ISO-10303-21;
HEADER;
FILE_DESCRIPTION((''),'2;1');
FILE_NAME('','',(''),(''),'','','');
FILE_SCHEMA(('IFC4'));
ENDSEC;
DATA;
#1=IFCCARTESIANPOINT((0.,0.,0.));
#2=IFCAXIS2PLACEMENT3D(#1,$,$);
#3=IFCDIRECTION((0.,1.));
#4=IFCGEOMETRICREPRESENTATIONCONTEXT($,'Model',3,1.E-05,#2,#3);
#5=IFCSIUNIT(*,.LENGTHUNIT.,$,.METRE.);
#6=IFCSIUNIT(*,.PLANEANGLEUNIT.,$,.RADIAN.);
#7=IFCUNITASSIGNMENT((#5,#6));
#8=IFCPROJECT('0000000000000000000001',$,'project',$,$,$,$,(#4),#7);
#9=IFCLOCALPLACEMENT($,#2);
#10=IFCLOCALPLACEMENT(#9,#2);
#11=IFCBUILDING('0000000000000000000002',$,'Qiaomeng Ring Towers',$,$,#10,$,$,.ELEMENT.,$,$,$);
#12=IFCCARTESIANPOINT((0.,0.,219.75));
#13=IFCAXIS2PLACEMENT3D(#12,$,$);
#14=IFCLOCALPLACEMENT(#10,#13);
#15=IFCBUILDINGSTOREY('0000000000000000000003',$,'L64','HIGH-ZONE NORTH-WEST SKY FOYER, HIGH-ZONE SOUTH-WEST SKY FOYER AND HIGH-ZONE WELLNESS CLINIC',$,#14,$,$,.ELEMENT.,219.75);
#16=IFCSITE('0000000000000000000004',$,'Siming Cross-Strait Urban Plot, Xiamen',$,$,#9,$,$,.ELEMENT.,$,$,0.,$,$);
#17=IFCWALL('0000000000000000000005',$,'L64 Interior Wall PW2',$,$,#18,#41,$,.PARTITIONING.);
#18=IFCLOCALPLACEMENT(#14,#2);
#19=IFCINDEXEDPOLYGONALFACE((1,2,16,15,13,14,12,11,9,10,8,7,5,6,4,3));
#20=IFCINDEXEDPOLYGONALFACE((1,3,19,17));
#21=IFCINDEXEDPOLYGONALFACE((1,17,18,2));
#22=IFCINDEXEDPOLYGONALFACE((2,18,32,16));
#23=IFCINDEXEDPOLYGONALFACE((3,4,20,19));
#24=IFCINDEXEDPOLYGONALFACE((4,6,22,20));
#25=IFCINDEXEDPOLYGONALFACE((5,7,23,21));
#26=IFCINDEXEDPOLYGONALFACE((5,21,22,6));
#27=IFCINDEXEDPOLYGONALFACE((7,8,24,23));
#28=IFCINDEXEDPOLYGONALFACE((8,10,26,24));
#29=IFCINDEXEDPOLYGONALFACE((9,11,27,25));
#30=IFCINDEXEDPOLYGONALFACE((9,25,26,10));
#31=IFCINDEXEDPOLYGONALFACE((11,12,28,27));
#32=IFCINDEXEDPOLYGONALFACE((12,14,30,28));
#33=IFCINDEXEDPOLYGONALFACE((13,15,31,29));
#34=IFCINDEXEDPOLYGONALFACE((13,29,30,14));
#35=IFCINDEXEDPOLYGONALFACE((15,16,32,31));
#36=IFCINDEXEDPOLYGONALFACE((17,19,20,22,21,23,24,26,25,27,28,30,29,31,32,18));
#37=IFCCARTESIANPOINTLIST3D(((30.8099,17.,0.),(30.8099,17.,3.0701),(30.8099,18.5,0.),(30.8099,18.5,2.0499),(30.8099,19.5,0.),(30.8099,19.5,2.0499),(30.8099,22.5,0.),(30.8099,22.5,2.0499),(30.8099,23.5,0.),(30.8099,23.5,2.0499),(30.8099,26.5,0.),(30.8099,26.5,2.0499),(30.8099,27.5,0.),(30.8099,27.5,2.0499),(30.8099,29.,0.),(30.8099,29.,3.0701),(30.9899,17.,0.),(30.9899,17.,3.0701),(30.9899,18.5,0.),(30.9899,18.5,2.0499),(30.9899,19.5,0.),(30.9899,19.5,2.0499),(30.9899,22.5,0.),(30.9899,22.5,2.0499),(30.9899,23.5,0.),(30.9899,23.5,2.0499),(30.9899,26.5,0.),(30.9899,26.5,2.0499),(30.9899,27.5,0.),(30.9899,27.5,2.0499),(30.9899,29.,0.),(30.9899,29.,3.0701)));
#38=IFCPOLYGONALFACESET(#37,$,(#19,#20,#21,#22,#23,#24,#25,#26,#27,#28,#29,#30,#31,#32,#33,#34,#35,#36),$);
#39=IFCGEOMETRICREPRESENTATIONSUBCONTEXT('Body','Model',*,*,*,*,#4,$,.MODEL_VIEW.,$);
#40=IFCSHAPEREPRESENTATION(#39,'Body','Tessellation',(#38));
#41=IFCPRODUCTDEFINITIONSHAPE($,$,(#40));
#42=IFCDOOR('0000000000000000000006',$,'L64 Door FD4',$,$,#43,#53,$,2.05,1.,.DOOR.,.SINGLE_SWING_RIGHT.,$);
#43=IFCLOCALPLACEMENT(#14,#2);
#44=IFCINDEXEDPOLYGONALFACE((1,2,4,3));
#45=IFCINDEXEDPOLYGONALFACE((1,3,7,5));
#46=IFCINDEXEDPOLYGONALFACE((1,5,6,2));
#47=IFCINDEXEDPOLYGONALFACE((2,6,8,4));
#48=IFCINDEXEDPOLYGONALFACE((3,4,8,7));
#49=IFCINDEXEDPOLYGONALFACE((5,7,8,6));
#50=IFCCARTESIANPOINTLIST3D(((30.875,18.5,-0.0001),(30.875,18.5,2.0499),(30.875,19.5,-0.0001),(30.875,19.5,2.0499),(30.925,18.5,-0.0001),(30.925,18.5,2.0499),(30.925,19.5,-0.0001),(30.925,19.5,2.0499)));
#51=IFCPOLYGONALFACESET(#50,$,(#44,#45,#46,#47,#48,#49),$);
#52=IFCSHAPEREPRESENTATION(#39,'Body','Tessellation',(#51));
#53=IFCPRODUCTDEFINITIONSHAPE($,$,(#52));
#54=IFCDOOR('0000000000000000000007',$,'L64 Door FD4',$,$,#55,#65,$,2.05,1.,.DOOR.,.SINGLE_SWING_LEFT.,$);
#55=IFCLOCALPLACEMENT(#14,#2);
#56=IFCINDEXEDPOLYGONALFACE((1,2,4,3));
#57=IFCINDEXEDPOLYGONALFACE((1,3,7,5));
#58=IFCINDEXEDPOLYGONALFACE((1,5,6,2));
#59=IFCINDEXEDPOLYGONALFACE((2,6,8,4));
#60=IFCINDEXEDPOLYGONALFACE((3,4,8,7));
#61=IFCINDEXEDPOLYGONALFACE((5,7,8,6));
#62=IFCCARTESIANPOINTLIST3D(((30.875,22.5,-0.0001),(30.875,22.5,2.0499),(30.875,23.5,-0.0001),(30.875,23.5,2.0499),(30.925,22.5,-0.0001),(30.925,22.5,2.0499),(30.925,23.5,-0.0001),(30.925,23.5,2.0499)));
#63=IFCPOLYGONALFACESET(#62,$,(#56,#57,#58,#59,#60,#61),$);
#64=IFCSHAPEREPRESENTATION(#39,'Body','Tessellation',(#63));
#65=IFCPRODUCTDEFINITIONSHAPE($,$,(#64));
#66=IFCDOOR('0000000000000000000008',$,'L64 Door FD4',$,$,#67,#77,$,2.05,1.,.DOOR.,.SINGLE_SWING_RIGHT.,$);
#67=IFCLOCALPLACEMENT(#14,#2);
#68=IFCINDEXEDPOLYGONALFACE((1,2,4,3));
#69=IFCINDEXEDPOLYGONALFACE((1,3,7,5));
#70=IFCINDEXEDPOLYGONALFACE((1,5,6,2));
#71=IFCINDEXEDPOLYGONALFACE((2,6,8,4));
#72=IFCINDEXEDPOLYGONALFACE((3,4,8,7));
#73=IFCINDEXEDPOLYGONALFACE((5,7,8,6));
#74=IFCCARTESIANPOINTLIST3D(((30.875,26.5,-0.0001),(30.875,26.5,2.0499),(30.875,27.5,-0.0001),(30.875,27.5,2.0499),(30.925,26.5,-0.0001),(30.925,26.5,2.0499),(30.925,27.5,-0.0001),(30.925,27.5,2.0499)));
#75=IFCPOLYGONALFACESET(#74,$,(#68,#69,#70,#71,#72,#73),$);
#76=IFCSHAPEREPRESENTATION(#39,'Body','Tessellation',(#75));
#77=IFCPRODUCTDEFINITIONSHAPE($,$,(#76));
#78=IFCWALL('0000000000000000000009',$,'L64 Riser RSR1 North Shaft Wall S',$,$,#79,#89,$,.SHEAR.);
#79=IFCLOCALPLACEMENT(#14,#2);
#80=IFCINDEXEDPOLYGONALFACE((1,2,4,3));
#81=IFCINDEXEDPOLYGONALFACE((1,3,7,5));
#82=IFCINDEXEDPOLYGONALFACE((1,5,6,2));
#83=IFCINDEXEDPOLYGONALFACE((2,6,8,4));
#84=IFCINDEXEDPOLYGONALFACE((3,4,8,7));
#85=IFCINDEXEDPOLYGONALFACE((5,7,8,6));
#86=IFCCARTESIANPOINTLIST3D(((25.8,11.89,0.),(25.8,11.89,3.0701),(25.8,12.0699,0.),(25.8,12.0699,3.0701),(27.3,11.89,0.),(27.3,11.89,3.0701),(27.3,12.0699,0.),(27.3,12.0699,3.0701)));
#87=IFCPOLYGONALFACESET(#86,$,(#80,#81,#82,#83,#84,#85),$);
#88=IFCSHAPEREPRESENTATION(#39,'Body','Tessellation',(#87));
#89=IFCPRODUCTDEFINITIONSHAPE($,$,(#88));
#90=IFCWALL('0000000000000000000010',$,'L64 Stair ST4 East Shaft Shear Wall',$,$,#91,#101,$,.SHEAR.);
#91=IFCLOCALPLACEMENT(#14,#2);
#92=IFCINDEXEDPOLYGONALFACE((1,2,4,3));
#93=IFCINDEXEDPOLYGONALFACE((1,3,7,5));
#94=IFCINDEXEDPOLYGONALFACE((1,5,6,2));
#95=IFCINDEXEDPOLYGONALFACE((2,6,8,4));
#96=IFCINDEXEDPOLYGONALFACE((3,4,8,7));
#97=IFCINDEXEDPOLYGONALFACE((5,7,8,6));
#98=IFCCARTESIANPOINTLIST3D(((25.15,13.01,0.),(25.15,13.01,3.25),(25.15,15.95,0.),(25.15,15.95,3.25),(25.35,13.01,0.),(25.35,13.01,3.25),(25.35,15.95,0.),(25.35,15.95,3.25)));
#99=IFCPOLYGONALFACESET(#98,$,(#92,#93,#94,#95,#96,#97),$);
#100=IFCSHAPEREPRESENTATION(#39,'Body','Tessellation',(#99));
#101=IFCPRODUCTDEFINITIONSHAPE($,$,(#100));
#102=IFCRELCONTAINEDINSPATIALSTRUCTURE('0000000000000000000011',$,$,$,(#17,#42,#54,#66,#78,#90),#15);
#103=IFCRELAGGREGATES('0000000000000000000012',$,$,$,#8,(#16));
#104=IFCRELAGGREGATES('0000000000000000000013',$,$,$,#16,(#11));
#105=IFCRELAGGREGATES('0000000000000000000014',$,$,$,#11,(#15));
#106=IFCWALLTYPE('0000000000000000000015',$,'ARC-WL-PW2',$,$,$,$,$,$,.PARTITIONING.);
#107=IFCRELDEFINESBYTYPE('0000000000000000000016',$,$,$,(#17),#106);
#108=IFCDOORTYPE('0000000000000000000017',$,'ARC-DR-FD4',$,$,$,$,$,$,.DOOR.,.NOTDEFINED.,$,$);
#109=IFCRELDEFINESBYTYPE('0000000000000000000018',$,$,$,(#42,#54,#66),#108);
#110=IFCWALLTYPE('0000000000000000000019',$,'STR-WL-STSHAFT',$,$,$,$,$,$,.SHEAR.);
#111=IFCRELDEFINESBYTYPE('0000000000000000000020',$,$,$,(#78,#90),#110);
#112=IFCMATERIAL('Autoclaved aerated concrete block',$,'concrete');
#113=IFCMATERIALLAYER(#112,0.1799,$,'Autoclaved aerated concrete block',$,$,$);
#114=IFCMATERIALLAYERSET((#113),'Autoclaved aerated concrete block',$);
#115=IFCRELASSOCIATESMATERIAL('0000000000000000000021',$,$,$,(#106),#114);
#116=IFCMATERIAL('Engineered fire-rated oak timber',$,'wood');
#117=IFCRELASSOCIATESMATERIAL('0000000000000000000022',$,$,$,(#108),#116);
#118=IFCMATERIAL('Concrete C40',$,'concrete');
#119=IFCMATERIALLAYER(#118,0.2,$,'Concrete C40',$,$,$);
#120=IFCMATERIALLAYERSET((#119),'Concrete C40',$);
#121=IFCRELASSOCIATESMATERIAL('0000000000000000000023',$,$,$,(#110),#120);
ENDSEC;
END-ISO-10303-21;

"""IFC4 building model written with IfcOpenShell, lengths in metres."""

from ifc_helpers import new_model, si_unit, direction, frame, frame_2d, origin, place, context, subcontext, project, spatial, rectangle, extrude, source, transform, mapped, material, layer, layer_set, type_object, element, fill, save


model = new_model("IFC4")

# Units and contexts
model_context = context("Model", 3, precision=1e-05, world=origin(), true_north=direction((0.0, 1.0)))
body_context = subcontext(model_context, "Body", "Model", "MODEL_VIEW")
ifc_project = project(units=[si_unit("LENGTHUNIT", "METRE"), si_unit("PLANEANGLEUNIT", "RADIAN")], contexts=[model_context])

# Site, building, storey
site_placement = place(None, origin())
site = spatial("IfcSite", under=ifc_project, at=site_placement, Name="Siming Cross-Strait Urban Plot, Xiamen", CompositionType="ELEMENT", RefElevation=0.0)
building_placement = place(site_placement, origin())
building = spatial("IfcBuilding", under=site, at=building_placement, Name="Qiaomeng Ring Towers", CompositionType="ELEMENT")
storey_placement = place(building_placement, frame((0.0, 0.0, 219.75)))
storey = spatial("IfcBuildingStorey", under=building, at=storey_placement, Name="L64", Description="HIGH-ZONE NORTH-WEST SKY FOYER, HIGH-ZONE SOUTH-WEST SKY FOYER AND HIGH-ZONE WELLNESS CLINIC", CompositionType="ELEMENT", Elevation=219.75)

# Shared definitions
ifc_material_1 = material(Name="Concrete C40", Category="concrete")

# Shared definitions
ifc_material_2 = material(Name="Autoclaved aerated concrete block", Category="concrete")

# Wall, openings, doors
ifc_layer_1 = layer(ifc_material_2, 0.1799, Name="Autoclaved aerated concrete block")
ifc_layer_set_1 = layer_set([ifc_layer_1], Name="Autoclaved aerated concrete block")
wall_type_1 = type_object("IfcWallType", Name="ARC-WL-PW2", PredefinedType="PARTITIONING", material=ifc_layer_set_1)
wall_1_placement = place(storey_placement, frame((30.8999, 17.0, 0.0), z_axis=(0.0, 0.0, 1.0), x_axis=(0.0, 1.0, 0.0)))
wall_1 = element("IfcWall", 1, at=wall_1_placement, inside=storey, type_object=wall_type_1, Name="L64 Interior Wall PW2", PredefinedType="PARTITIONING", context=body_context, shape_type="SweptSolid", body=[
    extrude(rectangle(XDim=12.0, YDim=0.1799, at=frame_2d((6.0, 0.0))), origin(), (0.0, 0.0, 1.0), 3.0701),
])
opening_1_placement = place(wall_1_placement, frame((1.5, 0.0, 0.0)))
opening_1 = element("IfcOpeningElement", 2, at=opening_1_placement, cuts=wall_1, PredefinedType="OPENING", context=body_context, shape_type="SweptSolid", body=[
    extrude(rectangle(XDim=1.0, YDim=2.05, at=frame_2d((0.5, 1.0249))), frame((0.0, 0.0999, 0.0), z_axis=(0.0, -1.0, 0.0), x_axis=(1.0, 0.0, 0.0)), (0.0, 0.0, 1.0), 0.2),
])
opening_2_placement = place(wall_1_placement, frame((5.5, 0.0, 0.0)))
opening_2 = element("IfcOpeningElement", 3, at=opening_2_placement, cuts=wall_1, PredefinedType="OPENING", context=body_context, shape_type="SweptSolid", body=[
    extrude(rectangle(XDim=1.0, YDim=2.05, at=frame_2d((0.5, 1.0249))), frame((0.0, 0.0999, 0.0), z_axis=(0.0, -1.0, 0.0), x_axis=(1.0, 0.0, 0.0)), (0.0, 0.0, 1.0), 0.2),
])
opening_3_placement = place(wall_1_placement, frame((9.5, 0.0, 0.0)))
opening_3 = element("IfcOpeningElement", 4, at=opening_3_placement, cuts=wall_1, PredefinedType="OPENING", context=body_context, shape_type="SweptSolid", body=[
    extrude(rectangle(XDim=1.0, YDim=2.05, at=frame_2d((0.5, 1.0249))), frame((0.0, 0.0999, 0.0), z_axis=(0.0, -1.0, 0.0), x_axis=(1.0, 0.0, 0.0)), (0.0, 0.0, 1.0), 0.2),
])
ifc_material_3 = material(Name="Engineered fire-rated oak timber", Category="wood")
door_type_1 = type_object("IfcDoorType", Name="ARC-DR-FD4", OperationType="NOTDEFINED", PredefinedType="DOOR", material=ifc_material_3)
shared_shape_1 = source(origin(), body_context, "Body", "SweptSolid", [
    extrude(rectangle(XDim=1.0, YDim=2.05, at=frame_2d((0.5, 1.0249))), frame((0.0, 0.0249, 0.0), z_axis=(0.0, -1.0, 0.0), x_axis=(1.0, 0.0, 0.0)), (0.0, 0.0, 1.0), 0.05),
])
door_1_placement = place(opening_1_placement, origin())
door_1 = element("IfcDoor", 5, at=door_1_placement, inside=storey, type_object=door_type_1, Name="L64 Door FD4", OperationType="SINGLE_SWING_RIGHT", OverallHeight=2.05, OverallWidth=1.0, PredefinedType="DOOR", context=body_context, shape_type="MappedRepresentation", body=[
    mapped(shared_shape_1, transform((0.0, 0.0, 0.0), x_axis=(1.0, 0.0, 0.0), y_axis=(0.0, 1.0, 0.0), z_axis=(0.0, 0.0, 1.0), scale=1.0)),
])
fill(opening_1, door_1)
door_2_placement = place(opening_2_placement, origin())
door_2 = element("IfcDoor", 6, at=door_2_placement, inside=storey, type_object=door_type_1, Name="L64 Door FD4", OperationType="SINGLE_SWING_LEFT", OverallHeight=2.05, OverallWidth=1.0, PredefinedType="DOOR", context=body_context, shape_type="MappedRepresentation", body=[
    mapped(shared_shape_1, transform((0.0, 0.0, 0.0), x_axis=(1.0, 0.0, 0.0), y_axis=(0.0, 1.0, 0.0), z_axis=(0.0, 0.0, 1.0), scale=1.0)),
])
fill(opening_2, door_2)
door_3_placement = place(opening_3_placement, origin())
door_3 = element("IfcDoor", 7, at=door_3_placement, inside=storey, type_object=door_type_1, Name="L64 Door FD4", OperationType="SINGLE_SWING_RIGHT", OverallHeight=2.05, OverallWidth=1.0, PredefinedType="DOOR", context=body_context, shape_type="MappedRepresentation", body=[
    mapped(shared_shape_1, transform((0.0, 0.0, 0.0), x_axis=(1.0, 0.0, 0.0), y_axis=(0.0, 1.0, 0.0), z_axis=(0.0, 0.0, 1.0), scale=1.0)),
])
fill(opening_3, door_3)

# Walls
ifc_layer_2 = layer(ifc_material_1, 0.2, Name="Concrete C40")
ifc_layer_set_2 = layer_set([ifc_layer_2], Name="Concrete C40")
wall_type_2 = type_object("IfcWallType", Name="STR-WL-STSHAFT", PredefinedType="SHEAR", material=ifc_layer_set_2)
wall_2_placement = place(storey_placement, frame((25.8, 11.98, 0.0), z_axis=(0.0, 0.0, 1.0), x_axis=(1.0, 0.0, 0.0)))
element("IfcWall", 8, at=wall_2_placement, inside=storey, type_object=wall_type_2, Name="L64 Riser RSR1 North Shaft Wall S", PredefinedType="SHEAR", context=body_context, shape_type="SweptSolid", body=[
    extrude(rectangle(XDim=1.5, YDim=0.1799, at=frame_2d((0.75, 0.0))), origin(), (0.0, 0.0, 1.0), 3.0701),
])
wall_3_placement = place(storey_placement, frame((25.25, 13.01, 0.0), z_axis=(0.0, 0.0, 1.0), x_axis=(0.0, 1.0, 0.0)))
element("IfcWall", 9, at=wall_3_placement, inside=storey, type_object=wall_type_2, Name="L64 Stair ST4 East Shaft Shear Wall", PredefinedType="SHEAR", context=body_context, shape_type="SweptSolid", body=[
    extrude(rectangle(XDim=2.9399, YDim=0.2, at=frame_2d((1.47, 0.0))), origin(), (0.0, 0.0, 1.0), 3.25),
])

save(model, "model.ifc")
